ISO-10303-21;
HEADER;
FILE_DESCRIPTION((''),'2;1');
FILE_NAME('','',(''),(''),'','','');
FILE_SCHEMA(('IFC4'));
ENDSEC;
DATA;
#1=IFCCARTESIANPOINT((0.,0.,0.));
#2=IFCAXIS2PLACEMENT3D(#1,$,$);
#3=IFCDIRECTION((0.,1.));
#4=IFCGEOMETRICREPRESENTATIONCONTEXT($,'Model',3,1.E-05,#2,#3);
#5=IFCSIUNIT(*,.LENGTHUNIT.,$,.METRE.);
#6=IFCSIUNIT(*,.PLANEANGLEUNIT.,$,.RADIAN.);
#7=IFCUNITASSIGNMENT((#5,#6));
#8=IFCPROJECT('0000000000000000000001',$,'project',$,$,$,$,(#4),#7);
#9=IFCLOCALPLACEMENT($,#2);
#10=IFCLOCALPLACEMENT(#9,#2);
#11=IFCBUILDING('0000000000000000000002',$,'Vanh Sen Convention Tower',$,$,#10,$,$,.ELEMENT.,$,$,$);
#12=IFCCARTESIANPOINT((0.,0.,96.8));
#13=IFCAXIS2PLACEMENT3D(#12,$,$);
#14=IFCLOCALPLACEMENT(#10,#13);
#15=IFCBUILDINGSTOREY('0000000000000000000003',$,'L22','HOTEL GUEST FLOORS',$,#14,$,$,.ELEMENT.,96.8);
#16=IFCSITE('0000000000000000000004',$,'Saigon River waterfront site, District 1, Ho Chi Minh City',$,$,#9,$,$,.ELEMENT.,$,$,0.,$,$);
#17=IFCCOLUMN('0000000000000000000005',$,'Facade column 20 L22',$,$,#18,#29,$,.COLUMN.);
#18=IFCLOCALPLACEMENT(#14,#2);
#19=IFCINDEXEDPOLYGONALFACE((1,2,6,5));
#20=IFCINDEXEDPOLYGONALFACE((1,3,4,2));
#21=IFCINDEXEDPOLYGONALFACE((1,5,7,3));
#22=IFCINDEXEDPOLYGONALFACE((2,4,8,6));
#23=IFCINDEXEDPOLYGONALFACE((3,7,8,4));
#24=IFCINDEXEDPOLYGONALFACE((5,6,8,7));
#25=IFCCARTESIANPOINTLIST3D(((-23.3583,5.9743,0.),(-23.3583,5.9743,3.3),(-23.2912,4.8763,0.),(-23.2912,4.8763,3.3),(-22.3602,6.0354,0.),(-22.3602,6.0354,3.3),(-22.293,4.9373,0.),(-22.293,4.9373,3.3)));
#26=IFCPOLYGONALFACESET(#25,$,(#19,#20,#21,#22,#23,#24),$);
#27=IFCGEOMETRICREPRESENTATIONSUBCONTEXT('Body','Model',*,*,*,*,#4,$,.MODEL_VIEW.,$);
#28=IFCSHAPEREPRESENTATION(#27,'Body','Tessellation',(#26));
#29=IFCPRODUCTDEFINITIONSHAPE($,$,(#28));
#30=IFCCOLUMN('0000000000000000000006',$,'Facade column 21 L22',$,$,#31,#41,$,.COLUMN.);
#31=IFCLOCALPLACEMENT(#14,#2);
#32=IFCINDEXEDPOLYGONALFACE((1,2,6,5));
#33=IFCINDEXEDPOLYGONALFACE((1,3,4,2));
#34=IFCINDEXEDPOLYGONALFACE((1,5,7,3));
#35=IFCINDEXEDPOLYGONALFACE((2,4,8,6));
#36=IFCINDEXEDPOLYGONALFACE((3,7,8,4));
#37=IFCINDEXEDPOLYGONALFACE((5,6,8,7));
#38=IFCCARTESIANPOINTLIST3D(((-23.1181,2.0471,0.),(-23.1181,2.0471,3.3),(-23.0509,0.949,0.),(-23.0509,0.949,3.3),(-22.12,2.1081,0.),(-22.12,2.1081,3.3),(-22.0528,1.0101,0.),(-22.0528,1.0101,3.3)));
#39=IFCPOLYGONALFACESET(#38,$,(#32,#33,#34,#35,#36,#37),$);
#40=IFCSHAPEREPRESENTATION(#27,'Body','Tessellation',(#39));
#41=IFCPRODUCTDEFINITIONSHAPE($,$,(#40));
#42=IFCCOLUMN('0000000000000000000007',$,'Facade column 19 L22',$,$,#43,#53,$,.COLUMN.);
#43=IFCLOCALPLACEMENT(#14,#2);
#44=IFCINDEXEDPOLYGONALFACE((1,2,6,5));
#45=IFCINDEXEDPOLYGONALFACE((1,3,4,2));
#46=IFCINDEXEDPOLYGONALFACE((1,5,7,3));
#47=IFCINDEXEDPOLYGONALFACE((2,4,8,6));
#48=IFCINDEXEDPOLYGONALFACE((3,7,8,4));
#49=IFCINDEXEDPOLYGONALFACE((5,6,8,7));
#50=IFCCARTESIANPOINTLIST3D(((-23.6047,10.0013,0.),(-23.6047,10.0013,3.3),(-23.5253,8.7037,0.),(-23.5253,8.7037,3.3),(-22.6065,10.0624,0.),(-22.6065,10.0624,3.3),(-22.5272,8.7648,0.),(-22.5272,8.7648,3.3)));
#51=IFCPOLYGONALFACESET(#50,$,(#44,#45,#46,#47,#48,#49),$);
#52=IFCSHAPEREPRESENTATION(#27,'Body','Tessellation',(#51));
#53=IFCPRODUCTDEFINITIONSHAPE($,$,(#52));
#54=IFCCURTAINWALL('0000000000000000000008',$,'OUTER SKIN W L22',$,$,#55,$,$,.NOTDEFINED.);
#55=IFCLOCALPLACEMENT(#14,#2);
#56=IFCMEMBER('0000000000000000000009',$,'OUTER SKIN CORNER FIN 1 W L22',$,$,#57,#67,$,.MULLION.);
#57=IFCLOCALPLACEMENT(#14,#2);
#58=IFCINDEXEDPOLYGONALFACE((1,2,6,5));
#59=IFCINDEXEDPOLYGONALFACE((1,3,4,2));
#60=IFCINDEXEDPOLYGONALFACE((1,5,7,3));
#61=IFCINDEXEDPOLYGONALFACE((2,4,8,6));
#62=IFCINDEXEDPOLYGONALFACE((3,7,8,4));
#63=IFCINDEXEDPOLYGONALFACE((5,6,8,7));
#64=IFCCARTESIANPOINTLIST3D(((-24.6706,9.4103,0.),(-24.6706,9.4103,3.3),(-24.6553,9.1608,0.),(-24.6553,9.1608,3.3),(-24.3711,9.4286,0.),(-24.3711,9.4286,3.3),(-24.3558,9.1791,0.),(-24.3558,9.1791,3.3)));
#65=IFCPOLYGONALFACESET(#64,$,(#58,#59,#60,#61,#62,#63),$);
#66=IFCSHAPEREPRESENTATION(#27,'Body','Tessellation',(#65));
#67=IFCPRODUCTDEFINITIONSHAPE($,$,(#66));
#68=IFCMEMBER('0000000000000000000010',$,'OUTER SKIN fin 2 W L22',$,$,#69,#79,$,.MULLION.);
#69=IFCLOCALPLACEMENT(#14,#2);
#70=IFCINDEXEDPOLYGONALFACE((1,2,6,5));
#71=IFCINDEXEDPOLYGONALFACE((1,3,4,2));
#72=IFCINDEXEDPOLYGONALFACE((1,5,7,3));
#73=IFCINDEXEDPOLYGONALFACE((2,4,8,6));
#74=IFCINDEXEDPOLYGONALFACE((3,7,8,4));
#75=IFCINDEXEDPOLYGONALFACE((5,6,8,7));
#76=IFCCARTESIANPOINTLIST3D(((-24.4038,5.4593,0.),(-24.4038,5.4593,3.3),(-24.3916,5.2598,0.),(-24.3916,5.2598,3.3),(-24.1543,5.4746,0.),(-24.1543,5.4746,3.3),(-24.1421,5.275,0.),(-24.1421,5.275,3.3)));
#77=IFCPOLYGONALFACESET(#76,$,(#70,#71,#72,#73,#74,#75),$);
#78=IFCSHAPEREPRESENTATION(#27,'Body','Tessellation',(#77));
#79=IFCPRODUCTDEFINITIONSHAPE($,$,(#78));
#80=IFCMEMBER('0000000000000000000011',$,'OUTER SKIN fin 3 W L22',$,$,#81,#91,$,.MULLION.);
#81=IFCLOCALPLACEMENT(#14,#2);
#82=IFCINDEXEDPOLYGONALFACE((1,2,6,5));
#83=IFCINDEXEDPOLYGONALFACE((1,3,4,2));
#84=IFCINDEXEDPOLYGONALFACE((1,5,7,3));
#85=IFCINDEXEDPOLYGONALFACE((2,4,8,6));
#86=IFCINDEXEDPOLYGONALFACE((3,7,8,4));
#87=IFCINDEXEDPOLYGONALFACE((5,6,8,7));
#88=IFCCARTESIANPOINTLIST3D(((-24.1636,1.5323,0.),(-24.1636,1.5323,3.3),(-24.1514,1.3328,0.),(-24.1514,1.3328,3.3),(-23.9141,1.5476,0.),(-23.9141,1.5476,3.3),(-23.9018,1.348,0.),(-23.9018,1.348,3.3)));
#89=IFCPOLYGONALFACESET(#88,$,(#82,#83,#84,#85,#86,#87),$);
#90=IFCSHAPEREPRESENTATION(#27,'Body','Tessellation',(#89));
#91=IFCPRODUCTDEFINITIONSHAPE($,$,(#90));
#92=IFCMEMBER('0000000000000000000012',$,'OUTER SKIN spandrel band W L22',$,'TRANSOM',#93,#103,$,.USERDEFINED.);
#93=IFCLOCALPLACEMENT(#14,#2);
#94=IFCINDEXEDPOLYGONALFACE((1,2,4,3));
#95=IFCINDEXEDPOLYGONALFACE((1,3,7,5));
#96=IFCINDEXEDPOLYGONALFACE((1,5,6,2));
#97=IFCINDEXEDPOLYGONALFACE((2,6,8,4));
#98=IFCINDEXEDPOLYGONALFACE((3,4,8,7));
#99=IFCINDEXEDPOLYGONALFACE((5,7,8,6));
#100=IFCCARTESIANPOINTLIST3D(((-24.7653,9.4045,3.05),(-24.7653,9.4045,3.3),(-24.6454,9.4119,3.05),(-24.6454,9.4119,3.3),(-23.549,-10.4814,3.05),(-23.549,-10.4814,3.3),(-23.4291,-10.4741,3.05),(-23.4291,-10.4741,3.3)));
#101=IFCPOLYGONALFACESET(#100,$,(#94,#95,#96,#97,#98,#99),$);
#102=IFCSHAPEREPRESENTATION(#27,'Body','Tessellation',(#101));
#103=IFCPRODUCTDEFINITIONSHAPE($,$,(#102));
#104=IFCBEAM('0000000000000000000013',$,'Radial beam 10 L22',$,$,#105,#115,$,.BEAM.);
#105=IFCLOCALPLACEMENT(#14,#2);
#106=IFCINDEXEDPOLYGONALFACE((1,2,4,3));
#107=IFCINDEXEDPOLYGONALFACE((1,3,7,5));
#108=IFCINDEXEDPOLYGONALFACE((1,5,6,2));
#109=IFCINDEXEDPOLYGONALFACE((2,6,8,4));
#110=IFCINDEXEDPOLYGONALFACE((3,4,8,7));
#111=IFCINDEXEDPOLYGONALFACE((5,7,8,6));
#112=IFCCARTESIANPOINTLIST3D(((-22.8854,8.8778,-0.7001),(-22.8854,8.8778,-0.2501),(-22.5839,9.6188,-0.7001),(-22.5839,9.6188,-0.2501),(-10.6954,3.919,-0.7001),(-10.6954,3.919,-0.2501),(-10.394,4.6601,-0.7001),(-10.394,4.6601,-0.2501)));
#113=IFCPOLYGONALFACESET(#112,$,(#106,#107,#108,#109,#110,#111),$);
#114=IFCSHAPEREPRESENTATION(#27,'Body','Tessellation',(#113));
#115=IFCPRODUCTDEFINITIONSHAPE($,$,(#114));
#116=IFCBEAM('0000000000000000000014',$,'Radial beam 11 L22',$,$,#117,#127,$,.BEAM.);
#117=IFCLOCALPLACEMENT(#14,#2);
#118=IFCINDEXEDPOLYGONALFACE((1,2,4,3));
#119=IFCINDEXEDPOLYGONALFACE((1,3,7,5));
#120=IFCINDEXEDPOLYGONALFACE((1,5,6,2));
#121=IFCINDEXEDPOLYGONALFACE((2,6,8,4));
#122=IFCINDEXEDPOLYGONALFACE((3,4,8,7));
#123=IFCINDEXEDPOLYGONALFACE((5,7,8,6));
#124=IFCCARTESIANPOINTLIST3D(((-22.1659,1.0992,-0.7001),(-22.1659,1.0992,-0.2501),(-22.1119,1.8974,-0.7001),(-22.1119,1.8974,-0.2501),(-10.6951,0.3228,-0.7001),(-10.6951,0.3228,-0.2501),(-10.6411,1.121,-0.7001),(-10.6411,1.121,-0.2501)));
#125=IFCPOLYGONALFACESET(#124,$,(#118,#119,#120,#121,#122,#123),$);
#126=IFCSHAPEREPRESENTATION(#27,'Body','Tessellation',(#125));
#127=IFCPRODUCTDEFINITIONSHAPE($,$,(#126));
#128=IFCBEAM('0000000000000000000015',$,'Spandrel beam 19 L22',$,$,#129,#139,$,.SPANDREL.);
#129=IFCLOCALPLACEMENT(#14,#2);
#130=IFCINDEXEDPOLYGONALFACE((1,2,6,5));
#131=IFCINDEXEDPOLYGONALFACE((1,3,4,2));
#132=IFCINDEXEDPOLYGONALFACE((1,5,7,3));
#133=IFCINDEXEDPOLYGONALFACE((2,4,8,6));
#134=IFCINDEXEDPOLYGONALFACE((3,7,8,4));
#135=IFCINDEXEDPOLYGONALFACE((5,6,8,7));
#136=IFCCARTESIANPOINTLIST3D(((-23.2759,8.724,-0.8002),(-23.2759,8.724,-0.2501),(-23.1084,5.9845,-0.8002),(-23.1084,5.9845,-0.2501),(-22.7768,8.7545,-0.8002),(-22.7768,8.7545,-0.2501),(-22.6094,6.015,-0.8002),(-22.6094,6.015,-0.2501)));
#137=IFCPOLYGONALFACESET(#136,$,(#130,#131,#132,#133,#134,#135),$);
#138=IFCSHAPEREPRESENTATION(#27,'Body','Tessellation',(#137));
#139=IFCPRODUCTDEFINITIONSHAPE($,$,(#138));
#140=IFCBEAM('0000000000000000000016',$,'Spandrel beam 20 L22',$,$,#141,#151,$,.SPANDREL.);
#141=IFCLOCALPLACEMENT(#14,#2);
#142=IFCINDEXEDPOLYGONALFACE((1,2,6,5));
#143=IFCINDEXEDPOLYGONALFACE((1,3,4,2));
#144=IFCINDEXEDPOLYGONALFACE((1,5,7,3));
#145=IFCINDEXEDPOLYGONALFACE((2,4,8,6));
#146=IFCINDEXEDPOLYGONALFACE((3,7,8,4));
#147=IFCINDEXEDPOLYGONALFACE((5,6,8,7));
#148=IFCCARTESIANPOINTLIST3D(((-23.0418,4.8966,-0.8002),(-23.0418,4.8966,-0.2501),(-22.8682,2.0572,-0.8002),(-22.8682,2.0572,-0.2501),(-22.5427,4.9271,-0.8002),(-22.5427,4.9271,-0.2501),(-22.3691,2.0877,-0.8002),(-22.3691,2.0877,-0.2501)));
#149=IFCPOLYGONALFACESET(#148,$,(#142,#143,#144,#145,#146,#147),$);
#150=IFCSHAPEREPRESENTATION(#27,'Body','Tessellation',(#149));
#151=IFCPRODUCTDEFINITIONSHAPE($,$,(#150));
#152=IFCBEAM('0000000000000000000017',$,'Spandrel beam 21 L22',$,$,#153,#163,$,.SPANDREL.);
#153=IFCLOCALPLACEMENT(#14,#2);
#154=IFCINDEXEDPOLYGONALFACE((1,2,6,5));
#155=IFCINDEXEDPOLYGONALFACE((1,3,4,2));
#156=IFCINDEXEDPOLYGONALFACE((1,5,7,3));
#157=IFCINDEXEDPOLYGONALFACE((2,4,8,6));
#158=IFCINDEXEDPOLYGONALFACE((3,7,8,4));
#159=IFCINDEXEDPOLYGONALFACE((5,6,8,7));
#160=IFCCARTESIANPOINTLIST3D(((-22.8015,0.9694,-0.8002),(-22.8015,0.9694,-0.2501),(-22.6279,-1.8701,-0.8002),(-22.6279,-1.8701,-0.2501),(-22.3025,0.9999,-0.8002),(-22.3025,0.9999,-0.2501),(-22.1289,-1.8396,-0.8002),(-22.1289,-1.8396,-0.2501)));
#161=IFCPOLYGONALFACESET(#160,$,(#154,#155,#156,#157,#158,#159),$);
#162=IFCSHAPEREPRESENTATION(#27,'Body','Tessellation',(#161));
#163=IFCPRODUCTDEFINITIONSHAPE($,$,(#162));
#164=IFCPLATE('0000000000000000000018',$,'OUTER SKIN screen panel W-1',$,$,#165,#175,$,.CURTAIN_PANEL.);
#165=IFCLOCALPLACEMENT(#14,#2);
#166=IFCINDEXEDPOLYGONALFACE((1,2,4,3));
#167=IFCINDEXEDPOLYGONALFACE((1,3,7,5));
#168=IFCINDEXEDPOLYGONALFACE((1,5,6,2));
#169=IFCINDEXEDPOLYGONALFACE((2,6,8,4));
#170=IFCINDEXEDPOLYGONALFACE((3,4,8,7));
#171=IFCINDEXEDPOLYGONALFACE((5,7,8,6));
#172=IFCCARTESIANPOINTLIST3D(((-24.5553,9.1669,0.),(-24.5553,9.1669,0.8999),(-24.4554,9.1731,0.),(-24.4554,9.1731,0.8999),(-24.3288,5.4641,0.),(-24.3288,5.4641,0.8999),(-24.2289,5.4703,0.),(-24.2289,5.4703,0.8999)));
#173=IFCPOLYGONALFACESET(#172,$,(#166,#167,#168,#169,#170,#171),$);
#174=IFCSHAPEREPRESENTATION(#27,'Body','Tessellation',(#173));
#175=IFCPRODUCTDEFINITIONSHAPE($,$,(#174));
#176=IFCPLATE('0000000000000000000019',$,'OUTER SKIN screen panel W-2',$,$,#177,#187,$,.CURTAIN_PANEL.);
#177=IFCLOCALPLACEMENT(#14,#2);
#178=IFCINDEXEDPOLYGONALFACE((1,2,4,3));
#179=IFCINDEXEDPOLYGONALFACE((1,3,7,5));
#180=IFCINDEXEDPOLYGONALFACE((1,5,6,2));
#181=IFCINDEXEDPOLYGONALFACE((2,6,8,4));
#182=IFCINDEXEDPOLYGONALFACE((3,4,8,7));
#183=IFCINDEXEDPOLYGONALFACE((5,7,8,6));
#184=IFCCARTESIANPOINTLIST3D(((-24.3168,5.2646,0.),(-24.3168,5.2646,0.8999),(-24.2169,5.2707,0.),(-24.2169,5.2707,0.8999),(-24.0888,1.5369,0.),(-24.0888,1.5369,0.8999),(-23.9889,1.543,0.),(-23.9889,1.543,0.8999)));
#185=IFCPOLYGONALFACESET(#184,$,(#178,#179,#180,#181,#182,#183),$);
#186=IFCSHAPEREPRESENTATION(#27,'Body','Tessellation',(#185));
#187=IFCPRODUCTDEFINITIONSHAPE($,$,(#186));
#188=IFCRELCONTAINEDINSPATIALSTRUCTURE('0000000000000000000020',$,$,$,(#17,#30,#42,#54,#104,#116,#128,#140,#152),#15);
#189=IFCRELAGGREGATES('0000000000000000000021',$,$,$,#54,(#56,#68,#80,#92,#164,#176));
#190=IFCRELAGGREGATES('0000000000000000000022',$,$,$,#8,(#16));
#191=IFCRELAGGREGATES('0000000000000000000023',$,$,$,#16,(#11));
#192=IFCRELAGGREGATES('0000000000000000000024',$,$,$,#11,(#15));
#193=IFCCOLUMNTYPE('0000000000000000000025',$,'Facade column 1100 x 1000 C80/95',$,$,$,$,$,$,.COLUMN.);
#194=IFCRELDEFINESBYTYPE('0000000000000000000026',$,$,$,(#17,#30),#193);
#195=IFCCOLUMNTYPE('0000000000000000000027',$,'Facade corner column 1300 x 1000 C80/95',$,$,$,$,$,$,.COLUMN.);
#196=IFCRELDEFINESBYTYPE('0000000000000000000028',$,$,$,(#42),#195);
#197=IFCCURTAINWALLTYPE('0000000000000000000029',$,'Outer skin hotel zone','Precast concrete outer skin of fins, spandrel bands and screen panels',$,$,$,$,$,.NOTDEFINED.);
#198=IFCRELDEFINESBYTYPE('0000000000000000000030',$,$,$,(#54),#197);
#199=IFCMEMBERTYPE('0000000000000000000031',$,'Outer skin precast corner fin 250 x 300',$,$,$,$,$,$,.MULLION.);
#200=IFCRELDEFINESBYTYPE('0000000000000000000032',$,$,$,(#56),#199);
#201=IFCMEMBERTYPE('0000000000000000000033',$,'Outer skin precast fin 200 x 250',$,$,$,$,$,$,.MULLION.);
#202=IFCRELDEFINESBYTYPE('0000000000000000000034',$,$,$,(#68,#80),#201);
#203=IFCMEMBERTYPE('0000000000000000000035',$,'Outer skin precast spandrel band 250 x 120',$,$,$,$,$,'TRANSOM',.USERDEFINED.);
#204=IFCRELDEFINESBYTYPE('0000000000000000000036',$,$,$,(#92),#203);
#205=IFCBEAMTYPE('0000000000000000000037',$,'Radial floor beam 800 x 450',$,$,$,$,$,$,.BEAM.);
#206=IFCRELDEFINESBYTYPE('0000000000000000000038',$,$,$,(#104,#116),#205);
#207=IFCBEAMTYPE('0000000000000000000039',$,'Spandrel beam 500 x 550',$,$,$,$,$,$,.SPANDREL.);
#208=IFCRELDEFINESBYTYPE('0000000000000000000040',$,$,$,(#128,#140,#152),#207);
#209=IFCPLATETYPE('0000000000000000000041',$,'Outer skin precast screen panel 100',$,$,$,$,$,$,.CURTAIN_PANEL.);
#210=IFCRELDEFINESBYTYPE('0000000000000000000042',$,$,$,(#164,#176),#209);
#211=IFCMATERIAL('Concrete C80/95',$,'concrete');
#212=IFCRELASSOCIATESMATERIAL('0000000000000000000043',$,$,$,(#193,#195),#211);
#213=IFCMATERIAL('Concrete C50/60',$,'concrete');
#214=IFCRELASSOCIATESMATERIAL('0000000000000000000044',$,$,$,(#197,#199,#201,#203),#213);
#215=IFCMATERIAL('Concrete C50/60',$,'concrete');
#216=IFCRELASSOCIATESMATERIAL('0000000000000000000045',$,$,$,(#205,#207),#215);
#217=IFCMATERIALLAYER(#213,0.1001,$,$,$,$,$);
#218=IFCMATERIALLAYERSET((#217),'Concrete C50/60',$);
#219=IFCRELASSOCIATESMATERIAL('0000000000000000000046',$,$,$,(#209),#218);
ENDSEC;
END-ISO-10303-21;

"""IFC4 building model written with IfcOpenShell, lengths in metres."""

from ifc_helpers import new_model, si_unit, direction, frame, origin, origin_2d, place, context, subcontext, project, spatial, rectangle, extrude, material, layer, layer_set, material_profile, profile_set, type_object, element, aggregate, save


model = new_model("IFC4")

# Units and contexts
model_context = context("Model", 3, precision=1e-05, world=origin(), true_north=direction((0.0, 1.0)))
body_context = subcontext(model_context, "Body", "Model", "MODEL_VIEW")
ifc_project = project(units=[si_unit("LENGTHUNIT", "METRE"), si_unit("PLANEANGLEUNIT", "RADIAN")], contexts=[model_context])

# Site, building, storey
site_placement = place(None, origin())
site = spatial("IfcSite", under=ifc_project, at=site_placement, Name="Saigon River waterfront site, District 1, Ho Chi Minh City", CompositionType="ELEMENT", RefElevation=0.0)
building_placement = place(site_placement, origin())
building = spatial("IfcBuilding", under=site, at=building_placement, Name="Vanh Sen Convention Tower", CompositionType="ELEMENT")
storey_placement = place(building_placement, frame((0.0, 0.0, 96.8)))
storey = spatial("IfcBuildingStorey", under=building, at=storey_placement, Name="L22", Description="HOTEL GUEST FLOORS", CompositionType="ELEMENT", Elevation=96.8)

# Columns
ifc_material_1 = material(Name="Concrete C80/95", Category="concrete")
ifc_material_profile_1 = material_profile(ifc_material_1, rectangle(XDim=1.1001, YDim=1.0, at=origin_2d()), Name="RC 1100X1000")
ifc_profile_set_1 = profile_set([ifc_material_profile_1], Name="Concrete C80/95")
column_type_1 = type_object("IfcColumnType", Name="Facade column 1100 x 1000 C80/95", PredefinedType="COLUMN", material=ifc_profile_set_1)
for number, where, z_axis, x_axis, name in (
    (1, (-22.8257, 5.4558, 0.0), (0.0, 0.0, 1.0), (0.061049, -0.998135, 0.0), "Facade column 20 L22"),
    (2, (-22.5854, 1.5286, 0.0), (0.0, 0.0, 1.0), (0.061049, -0.998135, 0.0), "Facade column 21 L22"),
):
    element("IfcColumn", number, at=place(storey_placement, frame(where, z_axis=z_axis, x_axis=x_axis)), inside=storey, type_object=column_type_1, Name=name, PredefinedType="COLUMN", context=body_context, shape_type="SweptSolid", body=[
        extrude(rectangle(XDim=1.1001, YDim=1.0, at=origin_2d()), origin(), (0.0, 0.0, 1.0), 3.3),
    ])
ifc_material_profile_2 = material_profile(ifc_material_1, rectangle(XDim=1.3, YDim=1.0, at=origin_2d()), Name="RC 1300X1000")
ifc_profile_set_2 = profile_set([ifc_material_profile_2], Name="Concrete C80/95")
column_type_2 = type_object("IfcColumnType", Name="Facade corner column 1300 x 1000 C80/95", PredefinedType="COLUMN", material=ifc_profile_set_2)
column_placement = place(storey_placement, frame((-23.0659, 9.3831, 0.0), z_axis=(0.0, 0.0, 1.0), x_axis=(0.061049, -0.998135, 0.0)))
element("IfcColumn", 3, at=column_placement, inside=storey, type_object=column_type_2, Name="Facade column 19 L22", PredefinedType="COLUMN", context=body_context, shape_type="SweptSolid", body=[
    extrude(rectangle(XDim=1.3, YDim=1.0, at=origin_2d()), origin(), (0.0, 0.0, 1.0), 3.3),
])

# Curtain wall, members
ifc_material_2 = material(Name="Concrete C50/60", Category="concrete")
curtain_wall_type = type_object("IfcCurtainWallType", Name="Outer skin hotel zone", Description="Precast concrete outer skin of fins, spandrel bands and screen panels", PredefinedType="NOTDEFINED", material=ifc_material_2)
curtain_wall_placement = place(storey_placement, origin())
curtain_wall = element("IfcCurtainWall", 4, at=curtain_wall_placement, inside=storey, type_object=curtain_wall_type, Name="OUTER SKIN W L22", PredefinedType="NOTDEFINED")
ifc_material_profile_3 = material_profile(ifc_material_2, rectangle(XDim=0.25, YDim=0.3, at=origin_2d()), Name="Outer skin precast corner fin 250 x 300")
ifc_profile_set_3 = profile_set([ifc_material_profile_3], Name="Concrete C50/60")
member_type_1 = type_object("IfcMemberType", Name="Outer skin precast corner fin 250 x 300", PredefinedType="MULLION", material=ifc_profile_set_3)
member_1_placement = place(storey_placement, frame((-24.5132, 9.2947, 0.0), z_axis=(0.0, 0.0, 1.0), x_axis=(0.061049, -0.998135, 0.0)))
member_1 = element("IfcMember", 5, at=member_1_placement, type_object=member_type_1, Name="OUTER SKIN CORNER FIN 1 W L22", PredefinedType="MULLION", context=body_context, shape_type="SweptSolid", body=[
    extrude(rectangle(XDim=0.25, YDim=0.3, at=origin_2d()), origin(), (0.0, 0.0, 1.0), 3.3),
])
ifc_material_profile_4 = material_profile(ifc_material_2, rectangle(XDim=0.2, YDim=0.25, at=origin_2d()), Name="Outer skin precast fin 200 x 250")
ifc_profile_set_4 = profile_set([ifc_material_profile_4], Name="Concrete C50/60")
member_type_2 = type_object("IfcMemberType", Name="Outer skin precast fin 200 x 250", PredefinedType="MULLION", material=ifc_profile_set_4)
member_2_placement = place(storey_placement, frame((-24.2729, 5.3672, 0.0), z_axis=(0.0, 0.0, 1.0), x_axis=(0.061049, -0.998135, 0.0)))
member_2 = element("IfcMember", 6, at=member_2_placement, type_object=member_type_2, Name="OUTER SKIN fin 2 W L22", PredefinedType="MULLION", context=body_context, shape_type="SweptSolid", body=[
    extrude(rectangle(XDim=0.2, YDim=0.25, at=origin_2d()), origin(), (0.0, 0.0, 1.0), 3.3),
])
member_3_placement = place(storey_placement, frame((-24.0327, 1.4402, 0.0), z_axis=(0.0, 0.0, 1.0), x_axis=(0.061049, -0.998135, 0.0)))
member_3 = element("IfcMember", 7, at=member_3_placement, type_object=member_type_2, Name="OUTER SKIN fin 3 W L22", PredefinedType="MULLION", context=body_context, shape_type="SweptSolid", body=[
    extrude(rectangle(XDim=0.2, YDim=0.25, at=origin_2d()), origin(), (0.0, 0.0, 1.0), 3.3),
])
ifc_material_profile_5 = material_profile(ifc_material_2, rectangle(XDim=0.1201, YDim=0.25, at=origin_2d()), Name="Outer skin precast spandrel band 250 x 120")
ifc_profile_set_5 = profile_set([ifc_material_profile_5], Name="Concrete C50/60")
member_type_3 = type_object("IfcMemberType", Name="Outer skin precast spandrel band 250 x 120", ElementType="TRANSOM", PredefinedType="USERDEFINED", material=ifc_profile_set_5)
member_4_placement = place(storey_placement, frame((-24.7053, 9.4082, 3.175), z_axis=(0.06105, -0.998135, 0.0), x_axis=(0.998135, 0.06105, 0.0)))
member_4 = element("IfcMember", 8, at=member_4_placement, type_object=member_type_3, Name="OUTER SKIN spandrel band W L22", ObjectType="TRANSOM", PredefinedType="USERDEFINED", context=body_context, shape_type="SweptSolid", body=[
    extrude(rectangle(XDim=0.1201, YDim=0.25, at=origin_2d()), origin(), (0.0, 0.0, 1.0), 19.9231),
])

# Beams
ifc_material_3 = material(Name="Concrete C50/60", Category="concrete")
ifc_material_profile_6 = material_profile(ifc_material_3, rectangle(XDim=0.8, YDim=0.45, at=origin_2d()), Name="RC 800X450")
ifc_profile_set_6 = profile_set([ifc_material_profile_6], Name="Concrete C50/60")
beam_type_1 = type_object("IfcBeamType", Name="Radial floor beam 800 x 450", PredefinedType="BEAM", material=ifc_profile_set_6)
beam_1_placement = place(storey_placement, frame((-22.7346, 9.2483, -0.4751), z_axis=(0.926292, -0.376806, 0.0), x_axis=(0.376806, 0.926292, 0.0)))
element("IfcBeam", 9, at=beam_1_placement, inside=storey, type_object=beam_type_1, Name="Radial beam 10 L22", PredefinedType="BEAM", context=body_context, shape_type="SweptSolid", body=[
    extrude(rectangle(XDim=0.8, YDim=0.45, at=origin_2d()), origin(), (0.0, 0.0, 1.0), 13.1599),
])
beam_2_placement = place(storey_placement, frame((-22.1389, 1.4983, -0.4751), z_axis=(0.997717, -0.067527, 0.0), x_axis=(0.067527, 0.997717, 0.0)))
element("IfcBeam", 10, at=beam_2_placement, inside=storey, type_object=beam_type_1, Name="Radial beam 11 L22", PredefinedType="BEAM", context=body_context, shape_type="SweptSolid", body=[
    extrude(rectangle(XDim=0.8, YDim=0.45, at=origin_2d()), origin(), (0.0, 0.0, 1.0), 11.4971),
])
ifc_material_profile_7 = material_profile(ifc_material_3, rectangle(XDim=0.5, YDim=0.55, at=origin_2d()), Name="RC 500X550")
ifc_profile_set_7 = profile_set([ifc_material_profile_7], Name="Concrete C50/60")
beam_type_2 = type_object("IfcBeamType", Name="Spandrel beam 500 x 550", PredefinedType="SPANDREL", material=ifc_profile_set_7)
beam_3_placement = place(storey_placement, frame((-23.0264, 8.7393, -0.5251), z_axis=(0.061021, -0.998136, 0.0), x_axis=(0.998136, 0.061021, 0.0)))
element("IfcBeam", 11, at=beam_3_placement, inside=storey, type_object=beam_type_2, Name="Spandrel beam 19 L22", PredefinedType="SPANDREL", context=body_context, shape_type="SweptSolid", body=[
    extrude(rectangle(XDim=0.5, YDim=0.55, at=origin_2d()), origin(), (0.0, 0.0, 1.0), 2.7446),
])
for number, where, z_axis, x_axis, name in (
    (12, (-22.7922, 4.9119, -0.5251), (0.061021, -0.998136, 0.0), (0.998136, 0.061021, 0.0), "Spandrel beam 20 L22"),
    (13, (-22.552, 0.9846, -0.5251), (0.061021, -0.998136, 0.0), (0.998136, 0.061021, 0.0), "Spandrel beam 21 L22"),
):
    element("IfcBeam", number, at=place(storey_placement, frame(where, z_axis=z_axis, x_axis=x_axis)), inside=storey, type_object=beam_type_2, Name=name, PredefinedType="SPANDREL", context=body_context, shape_type="SweptSolid", body=[
        extrude(rectangle(XDim=0.5, YDim=0.55, at=origin_2d()), origin(), (0.0, 0.0, 1.0), 2.8447),
    ])

# Plates
ifc_layer_1 = layer(ifc_material_2, 0.1001)
ifc_layer_set_1 = layer_set([ifc_layer_1], Name="Concrete C50/60")
plate_type = type_object("IfcPlateType", Name="Outer skin precast screen panel 100", PredefinedType="CURTAIN_PANEL", material=ifc_layer_set_1)
plate_1_placement = place(storey_placement, frame((-24.3921, 7.3186, 0.0), z_axis=(0.0, 0.0, 1.0), x_axis=(0.061047, -0.998135, 0.0)))
plate_1 = element("IfcPlate", 14, at=plate_1_placement, type_object=plate_type, Name="OUTER SKIN screen panel W-1", PredefinedType="CURTAIN_PANEL", context=body_context, shape_type="SweptSolid", body=[
    extrude(rectangle(XDim=3.7097, YDim=0.1001, at=origin_2d()), origin(), (0.0, 0.0, 1.0), 0.8999),
])
plate_2_placement = place(storey_placement, frame((-24.1528, 3.4038, 0.0), z_axis=(0.0, 0.0, 1.0), x_axis=(0.061049, -0.998135, 0.0)))
plate_2 = element("IfcPlate", 15, at=plate_2_placement, type_object=plate_type, Name="OUTER SKIN screen panel W-2", PredefinedType="CURTAIN_PANEL", context=body_context, shape_type="SweptSolid", body=[
    extrude(rectangle(XDim=3.7346, YDim=0.1001, at=origin_2d()), origin(), (0.0, 0.0, 1.0), 0.8999),
])
aggregate(curtain_wall, [member_1, member_2, member_3, member_4, plate_1, plate_2])

save(model, "model.ifc")
